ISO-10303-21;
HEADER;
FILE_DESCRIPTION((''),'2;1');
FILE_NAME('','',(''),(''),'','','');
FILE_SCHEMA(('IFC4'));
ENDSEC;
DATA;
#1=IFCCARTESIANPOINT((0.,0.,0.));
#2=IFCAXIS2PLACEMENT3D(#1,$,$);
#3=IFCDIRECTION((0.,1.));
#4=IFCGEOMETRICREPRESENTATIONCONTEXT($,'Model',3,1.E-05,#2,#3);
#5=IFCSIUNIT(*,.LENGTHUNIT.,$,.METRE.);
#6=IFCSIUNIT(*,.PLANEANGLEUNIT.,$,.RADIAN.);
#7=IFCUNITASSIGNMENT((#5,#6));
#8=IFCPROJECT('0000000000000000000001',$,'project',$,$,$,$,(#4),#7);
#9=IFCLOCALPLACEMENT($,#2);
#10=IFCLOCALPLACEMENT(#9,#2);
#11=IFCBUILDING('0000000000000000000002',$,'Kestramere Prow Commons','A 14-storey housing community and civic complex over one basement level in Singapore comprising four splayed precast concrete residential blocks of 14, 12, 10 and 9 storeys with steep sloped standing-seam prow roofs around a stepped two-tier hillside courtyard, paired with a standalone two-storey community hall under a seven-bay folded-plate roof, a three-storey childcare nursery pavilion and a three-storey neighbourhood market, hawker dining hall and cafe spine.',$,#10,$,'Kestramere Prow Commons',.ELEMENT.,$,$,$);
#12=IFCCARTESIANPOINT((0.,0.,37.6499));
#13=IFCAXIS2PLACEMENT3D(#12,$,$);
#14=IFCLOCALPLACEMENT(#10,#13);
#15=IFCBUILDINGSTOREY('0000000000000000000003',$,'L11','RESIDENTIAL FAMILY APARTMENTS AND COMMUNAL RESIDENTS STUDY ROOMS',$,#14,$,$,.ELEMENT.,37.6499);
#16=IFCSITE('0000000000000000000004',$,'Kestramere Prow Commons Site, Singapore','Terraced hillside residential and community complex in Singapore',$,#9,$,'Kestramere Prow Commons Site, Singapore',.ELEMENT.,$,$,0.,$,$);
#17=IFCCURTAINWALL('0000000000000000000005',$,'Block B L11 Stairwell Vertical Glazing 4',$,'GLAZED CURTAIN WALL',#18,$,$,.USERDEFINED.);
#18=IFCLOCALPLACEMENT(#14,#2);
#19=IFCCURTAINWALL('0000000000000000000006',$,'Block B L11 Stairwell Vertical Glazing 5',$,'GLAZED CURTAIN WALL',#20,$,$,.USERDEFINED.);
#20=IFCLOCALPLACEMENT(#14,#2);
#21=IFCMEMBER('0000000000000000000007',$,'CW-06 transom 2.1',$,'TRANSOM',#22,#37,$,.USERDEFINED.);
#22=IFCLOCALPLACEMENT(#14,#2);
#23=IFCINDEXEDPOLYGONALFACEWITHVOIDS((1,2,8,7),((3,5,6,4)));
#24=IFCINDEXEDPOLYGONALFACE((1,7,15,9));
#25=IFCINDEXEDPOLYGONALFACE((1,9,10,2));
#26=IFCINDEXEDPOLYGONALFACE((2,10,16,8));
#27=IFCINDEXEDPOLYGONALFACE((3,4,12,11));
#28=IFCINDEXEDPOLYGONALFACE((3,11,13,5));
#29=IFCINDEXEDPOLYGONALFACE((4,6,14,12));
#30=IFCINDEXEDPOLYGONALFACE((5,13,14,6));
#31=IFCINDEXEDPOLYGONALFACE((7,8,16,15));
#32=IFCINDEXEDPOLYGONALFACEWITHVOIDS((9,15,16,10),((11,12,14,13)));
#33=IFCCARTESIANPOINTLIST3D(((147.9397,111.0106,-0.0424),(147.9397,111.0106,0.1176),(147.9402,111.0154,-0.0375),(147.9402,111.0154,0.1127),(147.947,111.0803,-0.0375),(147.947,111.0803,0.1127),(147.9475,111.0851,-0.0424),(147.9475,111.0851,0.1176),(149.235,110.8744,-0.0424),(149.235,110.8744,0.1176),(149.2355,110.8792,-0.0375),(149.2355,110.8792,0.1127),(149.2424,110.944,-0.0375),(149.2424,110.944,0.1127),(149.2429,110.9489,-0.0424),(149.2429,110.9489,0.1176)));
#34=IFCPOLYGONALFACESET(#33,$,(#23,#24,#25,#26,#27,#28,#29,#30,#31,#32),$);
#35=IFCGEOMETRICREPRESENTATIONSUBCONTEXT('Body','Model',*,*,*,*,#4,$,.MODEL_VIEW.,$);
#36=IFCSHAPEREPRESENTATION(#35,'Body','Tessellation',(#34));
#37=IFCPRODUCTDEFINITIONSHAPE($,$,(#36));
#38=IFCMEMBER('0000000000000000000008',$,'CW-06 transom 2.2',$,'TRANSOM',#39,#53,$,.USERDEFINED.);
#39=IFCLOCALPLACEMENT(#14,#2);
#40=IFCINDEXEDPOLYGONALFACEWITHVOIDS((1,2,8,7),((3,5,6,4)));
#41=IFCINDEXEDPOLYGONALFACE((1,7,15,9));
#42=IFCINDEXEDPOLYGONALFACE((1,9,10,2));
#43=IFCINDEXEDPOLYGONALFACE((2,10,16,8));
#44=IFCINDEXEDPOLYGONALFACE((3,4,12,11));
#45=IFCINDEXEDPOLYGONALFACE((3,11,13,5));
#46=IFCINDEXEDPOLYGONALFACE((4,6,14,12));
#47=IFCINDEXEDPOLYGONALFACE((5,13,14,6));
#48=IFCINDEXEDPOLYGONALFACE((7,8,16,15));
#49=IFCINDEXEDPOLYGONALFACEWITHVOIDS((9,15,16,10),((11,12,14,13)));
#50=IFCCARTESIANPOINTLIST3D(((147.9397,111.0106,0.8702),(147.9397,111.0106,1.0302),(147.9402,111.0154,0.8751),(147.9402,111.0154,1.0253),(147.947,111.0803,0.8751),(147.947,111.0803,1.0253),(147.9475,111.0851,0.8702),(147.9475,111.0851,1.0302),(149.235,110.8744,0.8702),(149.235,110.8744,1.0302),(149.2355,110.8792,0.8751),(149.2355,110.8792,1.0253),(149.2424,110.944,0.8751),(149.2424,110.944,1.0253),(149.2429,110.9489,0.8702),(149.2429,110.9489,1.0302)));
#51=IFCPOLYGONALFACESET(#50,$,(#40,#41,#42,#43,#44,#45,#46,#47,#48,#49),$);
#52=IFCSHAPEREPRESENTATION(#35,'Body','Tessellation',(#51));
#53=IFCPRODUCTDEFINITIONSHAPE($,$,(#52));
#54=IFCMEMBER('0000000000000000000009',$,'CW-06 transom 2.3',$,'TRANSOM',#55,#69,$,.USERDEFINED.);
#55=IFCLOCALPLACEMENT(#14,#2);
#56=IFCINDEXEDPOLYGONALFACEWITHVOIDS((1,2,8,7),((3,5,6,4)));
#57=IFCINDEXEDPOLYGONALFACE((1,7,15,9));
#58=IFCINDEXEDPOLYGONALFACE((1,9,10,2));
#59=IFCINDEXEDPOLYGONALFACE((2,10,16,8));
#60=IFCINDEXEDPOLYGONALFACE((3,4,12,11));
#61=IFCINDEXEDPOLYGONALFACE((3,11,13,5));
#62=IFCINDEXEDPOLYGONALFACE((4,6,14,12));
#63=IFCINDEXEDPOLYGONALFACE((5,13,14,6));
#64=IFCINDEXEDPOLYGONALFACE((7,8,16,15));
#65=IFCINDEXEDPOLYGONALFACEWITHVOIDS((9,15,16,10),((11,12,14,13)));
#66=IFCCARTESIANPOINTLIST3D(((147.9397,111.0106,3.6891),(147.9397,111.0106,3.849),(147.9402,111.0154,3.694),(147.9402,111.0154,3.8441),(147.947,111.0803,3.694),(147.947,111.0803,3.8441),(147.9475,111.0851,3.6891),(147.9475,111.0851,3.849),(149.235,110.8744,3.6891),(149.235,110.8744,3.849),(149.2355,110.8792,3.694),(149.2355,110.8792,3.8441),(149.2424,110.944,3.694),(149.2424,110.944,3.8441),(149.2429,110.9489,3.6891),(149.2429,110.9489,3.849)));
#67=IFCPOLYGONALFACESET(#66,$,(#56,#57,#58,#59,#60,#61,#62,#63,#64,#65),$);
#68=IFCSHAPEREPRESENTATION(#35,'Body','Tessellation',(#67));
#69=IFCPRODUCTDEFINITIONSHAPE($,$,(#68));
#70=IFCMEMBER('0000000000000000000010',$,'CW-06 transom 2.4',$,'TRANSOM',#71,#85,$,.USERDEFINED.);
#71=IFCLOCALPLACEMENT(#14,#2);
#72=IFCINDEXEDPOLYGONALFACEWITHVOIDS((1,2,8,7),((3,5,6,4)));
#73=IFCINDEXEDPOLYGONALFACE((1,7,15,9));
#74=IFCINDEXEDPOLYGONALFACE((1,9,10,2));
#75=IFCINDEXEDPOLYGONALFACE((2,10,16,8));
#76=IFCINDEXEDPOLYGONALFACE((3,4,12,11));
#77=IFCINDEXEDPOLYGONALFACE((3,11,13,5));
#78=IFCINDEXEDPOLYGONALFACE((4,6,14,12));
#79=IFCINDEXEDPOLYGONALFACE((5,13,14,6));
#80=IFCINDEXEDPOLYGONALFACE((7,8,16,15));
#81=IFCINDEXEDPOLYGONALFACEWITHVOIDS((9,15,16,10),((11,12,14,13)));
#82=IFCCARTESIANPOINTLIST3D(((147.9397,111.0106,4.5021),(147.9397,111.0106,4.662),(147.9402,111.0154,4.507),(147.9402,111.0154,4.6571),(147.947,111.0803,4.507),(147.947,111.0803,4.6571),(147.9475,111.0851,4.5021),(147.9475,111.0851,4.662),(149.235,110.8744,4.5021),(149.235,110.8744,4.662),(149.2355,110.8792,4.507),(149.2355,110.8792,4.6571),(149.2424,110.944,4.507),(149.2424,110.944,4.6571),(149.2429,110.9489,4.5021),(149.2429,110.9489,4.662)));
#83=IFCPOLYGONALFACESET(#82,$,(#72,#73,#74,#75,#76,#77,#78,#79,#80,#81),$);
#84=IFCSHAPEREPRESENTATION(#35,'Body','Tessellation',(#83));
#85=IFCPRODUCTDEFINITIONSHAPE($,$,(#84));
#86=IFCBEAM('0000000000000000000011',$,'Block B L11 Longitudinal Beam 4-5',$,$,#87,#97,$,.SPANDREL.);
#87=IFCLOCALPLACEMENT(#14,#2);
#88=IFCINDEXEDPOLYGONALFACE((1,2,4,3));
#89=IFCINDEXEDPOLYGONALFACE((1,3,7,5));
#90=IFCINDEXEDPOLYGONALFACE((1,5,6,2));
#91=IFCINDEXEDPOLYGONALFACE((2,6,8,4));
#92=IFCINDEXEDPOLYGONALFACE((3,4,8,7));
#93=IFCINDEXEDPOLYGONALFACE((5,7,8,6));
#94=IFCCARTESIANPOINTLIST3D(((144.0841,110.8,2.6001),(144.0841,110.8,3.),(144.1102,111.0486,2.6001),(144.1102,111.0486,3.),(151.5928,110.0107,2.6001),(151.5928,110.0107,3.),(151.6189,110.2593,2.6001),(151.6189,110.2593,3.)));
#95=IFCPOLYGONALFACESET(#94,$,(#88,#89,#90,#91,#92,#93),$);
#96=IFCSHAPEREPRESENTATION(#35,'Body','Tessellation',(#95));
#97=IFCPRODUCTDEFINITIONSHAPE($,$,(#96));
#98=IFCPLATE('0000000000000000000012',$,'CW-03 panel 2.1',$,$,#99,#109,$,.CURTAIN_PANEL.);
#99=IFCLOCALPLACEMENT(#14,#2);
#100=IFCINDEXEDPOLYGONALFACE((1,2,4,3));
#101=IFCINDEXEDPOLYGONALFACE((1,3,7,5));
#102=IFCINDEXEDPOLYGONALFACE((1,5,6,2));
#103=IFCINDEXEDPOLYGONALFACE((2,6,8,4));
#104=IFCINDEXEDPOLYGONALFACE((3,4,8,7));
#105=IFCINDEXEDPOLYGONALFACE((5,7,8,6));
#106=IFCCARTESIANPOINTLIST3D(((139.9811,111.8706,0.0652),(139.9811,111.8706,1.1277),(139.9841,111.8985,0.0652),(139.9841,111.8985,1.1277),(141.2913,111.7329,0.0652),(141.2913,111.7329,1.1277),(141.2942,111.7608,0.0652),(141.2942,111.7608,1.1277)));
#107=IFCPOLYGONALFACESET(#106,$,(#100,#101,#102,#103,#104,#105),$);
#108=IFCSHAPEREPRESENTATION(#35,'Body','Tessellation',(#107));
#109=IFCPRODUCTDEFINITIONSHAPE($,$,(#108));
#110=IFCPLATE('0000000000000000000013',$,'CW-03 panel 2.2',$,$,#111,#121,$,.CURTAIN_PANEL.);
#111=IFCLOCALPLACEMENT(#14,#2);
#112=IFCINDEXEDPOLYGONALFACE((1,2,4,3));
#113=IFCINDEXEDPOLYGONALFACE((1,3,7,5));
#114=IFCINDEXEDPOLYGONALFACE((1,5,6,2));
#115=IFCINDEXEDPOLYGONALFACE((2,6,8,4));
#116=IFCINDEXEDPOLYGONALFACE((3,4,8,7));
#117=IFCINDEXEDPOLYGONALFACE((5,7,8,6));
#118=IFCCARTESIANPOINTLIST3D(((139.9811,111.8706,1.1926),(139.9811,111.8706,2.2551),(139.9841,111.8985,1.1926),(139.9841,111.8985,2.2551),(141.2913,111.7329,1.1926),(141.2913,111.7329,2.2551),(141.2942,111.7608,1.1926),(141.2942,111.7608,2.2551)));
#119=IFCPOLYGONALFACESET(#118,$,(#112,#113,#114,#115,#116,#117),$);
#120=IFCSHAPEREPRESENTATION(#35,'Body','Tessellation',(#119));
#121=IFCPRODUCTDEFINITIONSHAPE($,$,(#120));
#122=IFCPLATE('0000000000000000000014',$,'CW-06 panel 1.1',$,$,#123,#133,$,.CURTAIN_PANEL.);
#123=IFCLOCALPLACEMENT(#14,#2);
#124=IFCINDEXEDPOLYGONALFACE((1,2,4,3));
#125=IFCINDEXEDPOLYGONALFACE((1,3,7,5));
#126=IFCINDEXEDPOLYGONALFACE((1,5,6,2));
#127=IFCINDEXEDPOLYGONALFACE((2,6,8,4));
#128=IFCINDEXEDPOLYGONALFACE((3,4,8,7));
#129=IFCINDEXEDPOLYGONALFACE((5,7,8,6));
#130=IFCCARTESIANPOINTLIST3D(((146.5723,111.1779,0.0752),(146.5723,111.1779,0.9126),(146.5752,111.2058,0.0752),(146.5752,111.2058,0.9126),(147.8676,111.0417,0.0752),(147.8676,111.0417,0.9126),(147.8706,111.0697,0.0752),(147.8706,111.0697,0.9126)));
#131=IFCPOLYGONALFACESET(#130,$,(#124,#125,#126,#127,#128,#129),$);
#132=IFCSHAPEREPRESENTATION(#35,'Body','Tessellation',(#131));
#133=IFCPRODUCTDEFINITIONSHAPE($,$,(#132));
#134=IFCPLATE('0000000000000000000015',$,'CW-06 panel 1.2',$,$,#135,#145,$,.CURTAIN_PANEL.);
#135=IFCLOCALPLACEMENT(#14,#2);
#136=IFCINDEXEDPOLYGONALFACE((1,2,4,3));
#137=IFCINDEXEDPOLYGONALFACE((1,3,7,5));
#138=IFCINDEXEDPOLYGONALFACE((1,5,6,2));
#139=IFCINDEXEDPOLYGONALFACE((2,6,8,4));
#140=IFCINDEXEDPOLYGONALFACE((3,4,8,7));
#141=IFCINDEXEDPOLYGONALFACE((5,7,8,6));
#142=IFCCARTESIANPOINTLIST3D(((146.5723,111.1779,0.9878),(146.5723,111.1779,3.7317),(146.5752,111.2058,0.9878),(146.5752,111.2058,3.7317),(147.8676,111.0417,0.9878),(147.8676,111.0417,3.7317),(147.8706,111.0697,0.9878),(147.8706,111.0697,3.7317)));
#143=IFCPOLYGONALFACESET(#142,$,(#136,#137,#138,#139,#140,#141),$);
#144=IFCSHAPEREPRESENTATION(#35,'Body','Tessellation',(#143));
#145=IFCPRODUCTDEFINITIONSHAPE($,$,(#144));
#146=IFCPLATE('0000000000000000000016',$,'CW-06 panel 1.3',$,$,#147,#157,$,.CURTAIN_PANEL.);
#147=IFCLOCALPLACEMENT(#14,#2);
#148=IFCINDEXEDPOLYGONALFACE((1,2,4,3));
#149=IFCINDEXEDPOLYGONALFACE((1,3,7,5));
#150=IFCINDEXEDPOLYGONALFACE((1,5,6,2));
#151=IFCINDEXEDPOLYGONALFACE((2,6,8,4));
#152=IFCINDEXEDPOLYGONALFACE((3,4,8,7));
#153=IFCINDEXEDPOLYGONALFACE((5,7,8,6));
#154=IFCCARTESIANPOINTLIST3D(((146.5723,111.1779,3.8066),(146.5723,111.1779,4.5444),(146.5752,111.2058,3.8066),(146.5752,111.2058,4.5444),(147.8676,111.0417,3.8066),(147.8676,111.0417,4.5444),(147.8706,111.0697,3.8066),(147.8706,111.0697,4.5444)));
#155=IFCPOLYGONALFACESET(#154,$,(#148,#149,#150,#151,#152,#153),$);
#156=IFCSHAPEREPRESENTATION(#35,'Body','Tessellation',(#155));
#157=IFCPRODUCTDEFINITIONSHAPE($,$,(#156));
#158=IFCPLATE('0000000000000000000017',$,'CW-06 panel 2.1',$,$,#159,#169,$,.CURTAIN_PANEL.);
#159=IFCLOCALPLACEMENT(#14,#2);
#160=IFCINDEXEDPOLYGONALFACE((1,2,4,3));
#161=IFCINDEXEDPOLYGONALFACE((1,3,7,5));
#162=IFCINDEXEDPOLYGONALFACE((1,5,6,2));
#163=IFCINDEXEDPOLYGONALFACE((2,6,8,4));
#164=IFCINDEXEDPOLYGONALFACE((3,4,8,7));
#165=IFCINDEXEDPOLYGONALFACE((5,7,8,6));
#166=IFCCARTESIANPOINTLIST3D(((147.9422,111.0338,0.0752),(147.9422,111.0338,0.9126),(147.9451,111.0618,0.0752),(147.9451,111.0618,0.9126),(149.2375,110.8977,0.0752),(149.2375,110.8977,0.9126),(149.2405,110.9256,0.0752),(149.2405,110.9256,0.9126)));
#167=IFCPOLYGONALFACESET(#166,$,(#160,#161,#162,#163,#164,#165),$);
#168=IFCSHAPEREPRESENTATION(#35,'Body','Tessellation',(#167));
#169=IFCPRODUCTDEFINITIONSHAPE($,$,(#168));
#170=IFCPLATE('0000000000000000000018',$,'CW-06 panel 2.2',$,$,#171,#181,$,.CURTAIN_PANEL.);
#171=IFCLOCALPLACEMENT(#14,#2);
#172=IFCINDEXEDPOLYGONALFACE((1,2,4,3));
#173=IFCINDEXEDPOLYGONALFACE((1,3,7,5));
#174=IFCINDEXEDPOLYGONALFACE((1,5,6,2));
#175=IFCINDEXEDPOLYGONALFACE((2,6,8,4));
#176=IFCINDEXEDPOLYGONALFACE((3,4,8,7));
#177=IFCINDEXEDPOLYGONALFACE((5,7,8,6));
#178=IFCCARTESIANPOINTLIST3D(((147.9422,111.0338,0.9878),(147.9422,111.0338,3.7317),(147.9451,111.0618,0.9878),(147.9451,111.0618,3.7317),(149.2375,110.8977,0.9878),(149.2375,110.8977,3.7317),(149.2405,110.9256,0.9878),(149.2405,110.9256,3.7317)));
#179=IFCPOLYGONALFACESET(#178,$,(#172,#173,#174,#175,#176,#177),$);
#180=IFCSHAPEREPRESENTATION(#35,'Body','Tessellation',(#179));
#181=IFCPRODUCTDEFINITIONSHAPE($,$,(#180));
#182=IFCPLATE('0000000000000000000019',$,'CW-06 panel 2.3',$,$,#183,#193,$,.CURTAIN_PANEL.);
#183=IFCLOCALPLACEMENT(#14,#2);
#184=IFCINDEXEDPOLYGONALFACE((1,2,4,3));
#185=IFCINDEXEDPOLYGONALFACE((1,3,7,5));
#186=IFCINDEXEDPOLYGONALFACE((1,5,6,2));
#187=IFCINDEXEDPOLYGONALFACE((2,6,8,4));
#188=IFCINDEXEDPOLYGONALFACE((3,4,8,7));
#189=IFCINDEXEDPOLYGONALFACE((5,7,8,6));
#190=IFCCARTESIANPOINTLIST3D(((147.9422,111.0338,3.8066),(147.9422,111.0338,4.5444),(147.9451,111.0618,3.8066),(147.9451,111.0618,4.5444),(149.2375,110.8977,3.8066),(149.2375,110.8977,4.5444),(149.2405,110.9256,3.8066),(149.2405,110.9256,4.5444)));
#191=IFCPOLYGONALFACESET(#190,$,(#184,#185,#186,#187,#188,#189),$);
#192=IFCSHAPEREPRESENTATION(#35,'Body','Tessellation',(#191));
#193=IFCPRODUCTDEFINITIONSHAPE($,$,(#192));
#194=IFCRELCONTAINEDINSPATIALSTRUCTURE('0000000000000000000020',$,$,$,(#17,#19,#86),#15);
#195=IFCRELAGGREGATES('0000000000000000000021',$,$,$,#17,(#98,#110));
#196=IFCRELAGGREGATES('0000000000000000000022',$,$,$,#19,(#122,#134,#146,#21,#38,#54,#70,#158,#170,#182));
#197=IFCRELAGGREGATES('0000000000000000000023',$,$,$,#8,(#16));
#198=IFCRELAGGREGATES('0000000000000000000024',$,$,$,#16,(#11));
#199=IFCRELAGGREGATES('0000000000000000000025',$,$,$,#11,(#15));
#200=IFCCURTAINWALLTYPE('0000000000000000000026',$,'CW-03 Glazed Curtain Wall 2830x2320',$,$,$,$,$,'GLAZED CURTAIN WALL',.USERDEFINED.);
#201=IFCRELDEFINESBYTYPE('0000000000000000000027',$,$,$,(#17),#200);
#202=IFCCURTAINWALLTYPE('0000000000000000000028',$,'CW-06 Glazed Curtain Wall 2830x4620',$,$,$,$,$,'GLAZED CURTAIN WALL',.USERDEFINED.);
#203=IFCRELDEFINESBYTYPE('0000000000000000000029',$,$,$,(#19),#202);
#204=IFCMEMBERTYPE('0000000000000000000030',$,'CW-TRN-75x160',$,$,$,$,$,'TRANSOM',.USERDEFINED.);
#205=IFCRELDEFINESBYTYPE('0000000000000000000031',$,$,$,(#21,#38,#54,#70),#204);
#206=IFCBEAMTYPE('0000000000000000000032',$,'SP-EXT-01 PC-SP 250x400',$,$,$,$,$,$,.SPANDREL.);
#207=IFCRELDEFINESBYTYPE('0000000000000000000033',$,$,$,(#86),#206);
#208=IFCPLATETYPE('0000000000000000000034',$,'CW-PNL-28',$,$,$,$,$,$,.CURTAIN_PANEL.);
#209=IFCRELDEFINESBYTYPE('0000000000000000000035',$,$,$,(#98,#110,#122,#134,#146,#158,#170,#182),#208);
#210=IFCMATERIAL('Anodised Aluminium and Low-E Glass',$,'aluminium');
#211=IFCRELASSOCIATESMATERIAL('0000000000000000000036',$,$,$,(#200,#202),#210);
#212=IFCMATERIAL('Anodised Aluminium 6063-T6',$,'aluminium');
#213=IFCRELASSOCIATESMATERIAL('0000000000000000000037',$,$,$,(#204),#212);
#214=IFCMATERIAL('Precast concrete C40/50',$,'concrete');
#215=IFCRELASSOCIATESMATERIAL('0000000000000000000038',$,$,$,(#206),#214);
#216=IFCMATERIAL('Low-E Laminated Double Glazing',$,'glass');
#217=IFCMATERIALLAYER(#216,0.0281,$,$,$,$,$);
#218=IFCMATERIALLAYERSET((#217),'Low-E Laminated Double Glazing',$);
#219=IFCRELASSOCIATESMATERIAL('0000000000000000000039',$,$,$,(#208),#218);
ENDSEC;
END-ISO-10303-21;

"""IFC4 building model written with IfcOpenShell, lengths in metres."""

from ifc_helpers import new_model, si_unit, direction, frame, origin, origin_2d, place, context, subcontext, project, spatial, rectangle, hollow_rectangle, extrude, material, layer, layer_set, material_profile, profile_set, type_object, element, aggregate, save


model = new_model("IFC4")

# Units and contexts
model_context = context("Model", 3, precision=1e-05, world=origin(), true_north=direction((0.0, 1.0)))
body_context = subcontext(model_context, "Body", "Model", "MODEL_VIEW")
ifc_project = project(units=[si_unit("LENGTHUNIT", "METRE"), si_unit("PLANEANGLEUNIT", "RADIAN")], contexts=[model_context])

# Site, building, storey
site_placement = place(None, origin())
site = spatial("IfcSite", under=ifc_project, at=site_placement, Name="Kestramere Prow Commons Site, Singapore", Description="Terraced hillside residential and community complex in Singapore", LongName="Kestramere Prow Commons Site, Singapore", CompositionType="ELEMENT", RefElevation=0.0)
building_placement = place(site_placement, origin())
building = spatial("IfcBuilding", under=site, at=building_placement, Name="Kestramere Prow Commons", Description="A 14-storey housing community and civic complex over one basement level in Singapore comprising four splayed precast concrete residential blocks of 14, 12, 10 and 9 storeys with steep sloped standing-seam prow roofs around a stepped two-tier hillside courtyard, paired with a standalone two-storey community hall under a seven-bay folded-plate roof, a three-storey childcare nursery pavilion and a three-storey neighbourhood market, hawker dining hall and cafe spine.", LongName="Kestramere Prow Commons", CompositionType="ELEMENT")
storey_placement = place(building_placement, frame((0.0, 0.0, 37.6499)))
storey = spatial("IfcBuildingStorey", under=building, at=storey_placement, Name="L11", Description="RESIDENTIAL FAMILY APARTMENTS AND COMMUNAL RESIDENTS STUDY ROOMS", CompositionType="ELEMENT", Elevation=37.6499)

# Shared definitions
ifc_material_1 = material(Name="Precast concrete C40/50", Category="concrete")

# Curtain wall
ifc_material_2 = material(Name="Anodised Aluminium and Low-E Glass", Category="aluminium")
curtain_wall_type_1 = type_object("IfcCurtainWallType", Name="CW-03 Glazed Curtain Wall 2830x2320", ElementType="GLAZED CURTAIN WALL", PredefinedType="USERDEFINED", material=ifc_material_2)
curtain_wall_1_placement = place(storey_placement, origin())
curtain_wall_1 = element("IfcCurtainWall", 1, at=curtain_wall_1_placement, inside=storey, type_object=curtain_wall_type_1, Name="Block B L11 Stairwell Vertical Glazing 4", ObjectType="GLAZED CURTAIN WALL", PredefinedType="USERDEFINED")
ifc_material_3 = material(Name="Anodised Aluminium 6063-T6", Category="aluminium")

# Curtain wall
curtain_wall_type_2 = type_object("IfcCurtainWallType", Name="CW-06 Glazed Curtain Wall 2830x4620", ElementType="GLAZED CURTAIN WALL", PredefinedType="USERDEFINED", material=ifc_material_2)
curtain_wall_2_placement = place(storey_placement, origin())
curtain_wall_2 = element("IfcCurtainWall", 2, at=curtain_wall_2_placement, inside=storey, type_object=curtain_wall_type_2, Name="Block B L11 Stairwell Vertical Glazing 5", ObjectType="GLAZED CURTAIN WALL", PredefinedType="USERDEFINED")

# Members
ifc_material_profile_1 = material_profile(ifc_material_3, hollow_rectangle(XDim=0.075, YDim=0.1599, WallThickness=0.0049, at=origin_2d()), Name="ALU-TRN 75x160")
ifc_profile_set_1 = profile_set([ifc_material_profile_1], Name="Anodised Aluminium 6063-T6")
member_type_1 = type_object("IfcMemberType", Name="CW-TRN-75x160", ElementType="TRANSOM", PredefinedType="USERDEFINED", material=ifc_profile_set_1)
member_1_placement = place(storey_placement, frame((147.9436, 111.0479, 0.0376), z_axis=(0.994516, -0.104587, 0.0), x_axis=(0.104587, 0.994516, 0.0)))
member_1 = element("IfcMember", 3, at=member_1_placement, type_object=member_type_1, Name="CW-06 transom 2.1", ObjectType="TRANSOM", PredefinedType="USERDEFINED", context=body_context, shape_type="SweptSolid", body=[
    extrude(hollow_rectangle(XDim=0.075, YDim=0.1599, WallThickness=0.0049, at=origin_2d()), origin(), (0.0, 0.0, 1.0), 1.3025),
])
member_2_placement = place(storey_placement, frame((147.9436, 111.0479, 0.9502), z_axis=(0.994516, -0.104587, 0.0), x_axis=(0.104587, 0.994516, 0.0)))
member_2 = element("IfcMember", 4, at=member_2_placement, type_object=member_type_1, Name="CW-06 transom 2.2", ObjectType="TRANSOM", PredefinedType="USERDEFINED", context=body_context, shape_type="SweptSolid", body=[
    extrude(hollow_rectangle(XDim=0.075, YDim=0.1599, WallThickness=0.0049, at=origin_2d()), origin(), (0.0, 0.0, 1.0), 1.3025),
])
member_3_placement = place(storey_placement, frame((147.9436, 111.0479, 3.769), z_axis=(0.994516, -0.104587, 0.0), x_axis=(0.104587, 0.994516, 0.0)))
member_3 = element("IfcMember", 5, at=member_3_placement, type_object=member_type_1, Name="CW-06 transom 2.3", ObjectType="TRANSOM", PredefinedType="USERDEFINED", context=body_context, shape_type="SweptSolid", body=[
    extrude(hollow_rectangle(XDim=0.075, YDim=0.1599, WallThickness=0.0049, at=origin_2d()), origin(), (0.0, 0.0, 1.0), 1.3025),
])
member_4_placement = place(storey_placement, frame((147.9436, 111.0479, 4.582), z_axis=(0.994516, -0.104587, 0.0), x_axis=(0.104587, 0.994516, 0.0)))
member_4 = element("IfcMember", 6, at=member_4_placement, type_object=member_type_1, Name="CW-06 transom 2.4", ObjectType="TRANSOM", PredefinedType="USERDEFINED", context=body_context, shape_type="SweptSolid", body=[
    extrude(hollow_rectangle(XDim=0.075, YDim=0.1599, WallThickness=0.0049, at=origin_2d()), origin(), (0.0, 0.0, 1.0), 1.3025),
])

# Beam
ifc_material_profile_2 = material_profile(ifc_material_1, rectangle(XDim=0.25, YDim=0.3999, at=origin_2d()), Name="PC-SP 250x400")
ifc_profile_set_2 = profile_set([ifc_material_profile_2], Name="Precast concrete C40/50")
beam_type = type_object("IfcBeamType", Name="SP-EXT-01 PC-SP 250x400", PredefinedType="SPANDREL", material=ifc_profile_set_2)
beam_placement = place(storey_placement, frame((144.0972, 110.9243, 2.8), z_axis=(0.994521, -0.104542, 0.0), x_axis=(0.104542, 0.994521, 0.0)))
element("IfcBeam", 7, at=beam_placement, inside=storey, type_object=beam_type, Name="Block B L11 Longitudinal Beam 4-5", PredefinedType="SPANDREL", context=body_context, shape_type="SweptSolid", body=[
    extrude(rectangle(XDim=0.25, YDim=0.3999, at=origin_2d()), origin(), (0.0, 0.0, 1.0), 7.55),
])

# Plates
ifc_material_4 = material(Name="Low-E Laminated Double Glazing", Category="glass")
ifc_layer_1 = layer(ifc_material_4, 0.0281)
ifc_layer_set_1 = layer_set([ifc_layer_1], Name="Low-E Laminated Double Glazing")
plate_type = type_object("IfcPlateType", Name="CW-PNL-28", PredefinedType="CURTAIN_PANEL", material=ifc_layer_set_1)
plate_1_placement = place(storey_placement, frame((140.6377, 111.8157, 0.0652), z_axis=(0.0, 0.0, 1.0), x_axis=(0.994522, -0.104529, 0.0)))
plate_1 = element("IfcPlate", 8, at=plate_1_placement, type_object=plate_type, Name="CW-03 panel 2.1", PredefinedType="CURTAIN_PANEL", context=body_context, shape_type="SweptSolid", body=[
    extrude(rectangle(XDim=1.3174, YDim=0.0281, at=origin_2d()), origin(), (0.0, 0.0, 1.0), 1.0625),
])
plate_2_placement = place(storey_placement, frame((140.6377, 111.8157, 1.1926), z_axis=(0.0, 0.0, 1.0), x_axis=(0.994522, -0.104529, 0.0)))
plate_2 = element("IfcPlate", 9, at=plate_2_placement, type_object=plate_type, Name="CW-03 panel 2.2", PredefinedType="CURTAIN_PANEL", context=body_context, shape_type="SweptSolid", body=[
    extrude(rectangle(XDim=1.3174, YDim=0.0281, at=origin_2d()), origin(), (0.0, 0.0, 1.0), 1.0625),
])
aggregate(curtain_wall_1, [plate_1, plate_2])
plate_3_placement = place(storey_placement, frame((147.2214, 111.1238, 0.0752), z_axis=(0.0, 0.0, 1.0), x_axis=(0.994522, -0.104528, 0.0)))
plate_3 = element("IfcPlate", 10, at=plate_3_placement, type_object=plate_type, Name="CW-06 panel 1.1", PredefinedType="CURTAIN_PANEL", context=body_context, shape_type="SweptSolid", body=[
    extrude(rectangle(XDim=1.3025, YDim=0.0281, at=origin_2d()), origin(), (0.0, 0.0, 1.0), 0.8374),
])
plate_4_placement = place(storey_placement, frame((147.2214, 111.1238, 0.9878), z_axis=(0.0, 0.0, 1.0), x_axis=(0.994522, -0.104528, 0.0)))
plate_4 = element("IfcPlate", 11, at=plate_4_placement, type_object=plate_type, Name="CW-06 panel 1.2", PredefinedType="CURTAIN_PANEL", context=body_context, shape_type="SweptSolid", body=[
    extrude(rectangle(XDim=1.3025, YDim=0.0281, at=origin_2d()), origin(), (0.0, 0.0, 1.0), 2.7439),
])
plate_5_placement = place(storey_placement, frame((147.2214, 111.1238, 3.8066), z_axis=(0.0, 0.0, 1.0), x_axis=(0.994522, -0.104528, 0.0)))
plate_5 = element("IfcPlate", 12, at=plate_5_placement, type_object=plate_type, Name="CW-06 panel 1.3", PredefinedType="CURTAIN_PANEL", context=body_context, shape_type="SweptSolid", body=[
    extrude(rectangle(XDim=1.3025, YDim=0.0281, at=origin_2d()), origin(), (0.0, 0.0, 1.0), 0.7378),
])
plate_6_placement = place(storey_placement, frame((148.5913, 110.9797, 0.0752), z_axis=(0.0, 0.0, 1.0), x_axis=(0.994522, -0.104528, 0.0)))
plate_6 = element("IfcPlate", 13, at=plate_6_placement, type_object=plate_type, Name="CW-06 panel 2.1", PredefinedType="CURTAIN_PANEL", context=body_context, shape_type="SweptSolid", body=[
    extrude(rectangle(XDim=1.3025, YDim=0.0281, at=origin_2d()), origin(), (0.0, 0.0, 1.0), 0.8374),
])
plate_7_placement = place(storey_placement, frame((148.5913, 110.9797, 0.9878), z_axis=(0.0, 0.0, 1.0), x_axis=(0.994522, -0.104528, 0.0)))
plate_7 = element("IfcPlate", 14, at=plate_7_placement, type_object=plate_type, Name="CW-06 panel 2.2", PredefinedType="CURTAIN_PANEL", context=body_context, shape_type="SweptSolid", body=[
    extrude(rectangle(XDim=1.3025, YDim=0.0281, at=origin_2d()), origin(), (0.0, 0.0, 1.0), 2.7439),
])
plate_8_placement = place(storey_placement, frame((148.5913, 110.9797, 3.8066), z_axis=(0.0, 0.0, 1.0), x_axis=(0.994522, -0.104528, 0.0)))
plate_8 = element("IfcPlate", 15, at=plate_8_placement, type_object=plate_type, Name="CW-06 panel 2.3", PredefinedType="CURTAIN_PANEL", context=body_context, shape_type="SweptSolid", body=[
    extrude(rectangle(XDim=1.3025, YDim=0.0281, at=origin_2d()), origin(), (0.0, 0.0, 1.0), 0.7378),
])
aggregate(curtain_wall_2, [plate_3, plate_4, plate_5, member_1, member_2, member_3, member_4, plate_6, plate_7, plate_8])

save(model, "model.ifc")
